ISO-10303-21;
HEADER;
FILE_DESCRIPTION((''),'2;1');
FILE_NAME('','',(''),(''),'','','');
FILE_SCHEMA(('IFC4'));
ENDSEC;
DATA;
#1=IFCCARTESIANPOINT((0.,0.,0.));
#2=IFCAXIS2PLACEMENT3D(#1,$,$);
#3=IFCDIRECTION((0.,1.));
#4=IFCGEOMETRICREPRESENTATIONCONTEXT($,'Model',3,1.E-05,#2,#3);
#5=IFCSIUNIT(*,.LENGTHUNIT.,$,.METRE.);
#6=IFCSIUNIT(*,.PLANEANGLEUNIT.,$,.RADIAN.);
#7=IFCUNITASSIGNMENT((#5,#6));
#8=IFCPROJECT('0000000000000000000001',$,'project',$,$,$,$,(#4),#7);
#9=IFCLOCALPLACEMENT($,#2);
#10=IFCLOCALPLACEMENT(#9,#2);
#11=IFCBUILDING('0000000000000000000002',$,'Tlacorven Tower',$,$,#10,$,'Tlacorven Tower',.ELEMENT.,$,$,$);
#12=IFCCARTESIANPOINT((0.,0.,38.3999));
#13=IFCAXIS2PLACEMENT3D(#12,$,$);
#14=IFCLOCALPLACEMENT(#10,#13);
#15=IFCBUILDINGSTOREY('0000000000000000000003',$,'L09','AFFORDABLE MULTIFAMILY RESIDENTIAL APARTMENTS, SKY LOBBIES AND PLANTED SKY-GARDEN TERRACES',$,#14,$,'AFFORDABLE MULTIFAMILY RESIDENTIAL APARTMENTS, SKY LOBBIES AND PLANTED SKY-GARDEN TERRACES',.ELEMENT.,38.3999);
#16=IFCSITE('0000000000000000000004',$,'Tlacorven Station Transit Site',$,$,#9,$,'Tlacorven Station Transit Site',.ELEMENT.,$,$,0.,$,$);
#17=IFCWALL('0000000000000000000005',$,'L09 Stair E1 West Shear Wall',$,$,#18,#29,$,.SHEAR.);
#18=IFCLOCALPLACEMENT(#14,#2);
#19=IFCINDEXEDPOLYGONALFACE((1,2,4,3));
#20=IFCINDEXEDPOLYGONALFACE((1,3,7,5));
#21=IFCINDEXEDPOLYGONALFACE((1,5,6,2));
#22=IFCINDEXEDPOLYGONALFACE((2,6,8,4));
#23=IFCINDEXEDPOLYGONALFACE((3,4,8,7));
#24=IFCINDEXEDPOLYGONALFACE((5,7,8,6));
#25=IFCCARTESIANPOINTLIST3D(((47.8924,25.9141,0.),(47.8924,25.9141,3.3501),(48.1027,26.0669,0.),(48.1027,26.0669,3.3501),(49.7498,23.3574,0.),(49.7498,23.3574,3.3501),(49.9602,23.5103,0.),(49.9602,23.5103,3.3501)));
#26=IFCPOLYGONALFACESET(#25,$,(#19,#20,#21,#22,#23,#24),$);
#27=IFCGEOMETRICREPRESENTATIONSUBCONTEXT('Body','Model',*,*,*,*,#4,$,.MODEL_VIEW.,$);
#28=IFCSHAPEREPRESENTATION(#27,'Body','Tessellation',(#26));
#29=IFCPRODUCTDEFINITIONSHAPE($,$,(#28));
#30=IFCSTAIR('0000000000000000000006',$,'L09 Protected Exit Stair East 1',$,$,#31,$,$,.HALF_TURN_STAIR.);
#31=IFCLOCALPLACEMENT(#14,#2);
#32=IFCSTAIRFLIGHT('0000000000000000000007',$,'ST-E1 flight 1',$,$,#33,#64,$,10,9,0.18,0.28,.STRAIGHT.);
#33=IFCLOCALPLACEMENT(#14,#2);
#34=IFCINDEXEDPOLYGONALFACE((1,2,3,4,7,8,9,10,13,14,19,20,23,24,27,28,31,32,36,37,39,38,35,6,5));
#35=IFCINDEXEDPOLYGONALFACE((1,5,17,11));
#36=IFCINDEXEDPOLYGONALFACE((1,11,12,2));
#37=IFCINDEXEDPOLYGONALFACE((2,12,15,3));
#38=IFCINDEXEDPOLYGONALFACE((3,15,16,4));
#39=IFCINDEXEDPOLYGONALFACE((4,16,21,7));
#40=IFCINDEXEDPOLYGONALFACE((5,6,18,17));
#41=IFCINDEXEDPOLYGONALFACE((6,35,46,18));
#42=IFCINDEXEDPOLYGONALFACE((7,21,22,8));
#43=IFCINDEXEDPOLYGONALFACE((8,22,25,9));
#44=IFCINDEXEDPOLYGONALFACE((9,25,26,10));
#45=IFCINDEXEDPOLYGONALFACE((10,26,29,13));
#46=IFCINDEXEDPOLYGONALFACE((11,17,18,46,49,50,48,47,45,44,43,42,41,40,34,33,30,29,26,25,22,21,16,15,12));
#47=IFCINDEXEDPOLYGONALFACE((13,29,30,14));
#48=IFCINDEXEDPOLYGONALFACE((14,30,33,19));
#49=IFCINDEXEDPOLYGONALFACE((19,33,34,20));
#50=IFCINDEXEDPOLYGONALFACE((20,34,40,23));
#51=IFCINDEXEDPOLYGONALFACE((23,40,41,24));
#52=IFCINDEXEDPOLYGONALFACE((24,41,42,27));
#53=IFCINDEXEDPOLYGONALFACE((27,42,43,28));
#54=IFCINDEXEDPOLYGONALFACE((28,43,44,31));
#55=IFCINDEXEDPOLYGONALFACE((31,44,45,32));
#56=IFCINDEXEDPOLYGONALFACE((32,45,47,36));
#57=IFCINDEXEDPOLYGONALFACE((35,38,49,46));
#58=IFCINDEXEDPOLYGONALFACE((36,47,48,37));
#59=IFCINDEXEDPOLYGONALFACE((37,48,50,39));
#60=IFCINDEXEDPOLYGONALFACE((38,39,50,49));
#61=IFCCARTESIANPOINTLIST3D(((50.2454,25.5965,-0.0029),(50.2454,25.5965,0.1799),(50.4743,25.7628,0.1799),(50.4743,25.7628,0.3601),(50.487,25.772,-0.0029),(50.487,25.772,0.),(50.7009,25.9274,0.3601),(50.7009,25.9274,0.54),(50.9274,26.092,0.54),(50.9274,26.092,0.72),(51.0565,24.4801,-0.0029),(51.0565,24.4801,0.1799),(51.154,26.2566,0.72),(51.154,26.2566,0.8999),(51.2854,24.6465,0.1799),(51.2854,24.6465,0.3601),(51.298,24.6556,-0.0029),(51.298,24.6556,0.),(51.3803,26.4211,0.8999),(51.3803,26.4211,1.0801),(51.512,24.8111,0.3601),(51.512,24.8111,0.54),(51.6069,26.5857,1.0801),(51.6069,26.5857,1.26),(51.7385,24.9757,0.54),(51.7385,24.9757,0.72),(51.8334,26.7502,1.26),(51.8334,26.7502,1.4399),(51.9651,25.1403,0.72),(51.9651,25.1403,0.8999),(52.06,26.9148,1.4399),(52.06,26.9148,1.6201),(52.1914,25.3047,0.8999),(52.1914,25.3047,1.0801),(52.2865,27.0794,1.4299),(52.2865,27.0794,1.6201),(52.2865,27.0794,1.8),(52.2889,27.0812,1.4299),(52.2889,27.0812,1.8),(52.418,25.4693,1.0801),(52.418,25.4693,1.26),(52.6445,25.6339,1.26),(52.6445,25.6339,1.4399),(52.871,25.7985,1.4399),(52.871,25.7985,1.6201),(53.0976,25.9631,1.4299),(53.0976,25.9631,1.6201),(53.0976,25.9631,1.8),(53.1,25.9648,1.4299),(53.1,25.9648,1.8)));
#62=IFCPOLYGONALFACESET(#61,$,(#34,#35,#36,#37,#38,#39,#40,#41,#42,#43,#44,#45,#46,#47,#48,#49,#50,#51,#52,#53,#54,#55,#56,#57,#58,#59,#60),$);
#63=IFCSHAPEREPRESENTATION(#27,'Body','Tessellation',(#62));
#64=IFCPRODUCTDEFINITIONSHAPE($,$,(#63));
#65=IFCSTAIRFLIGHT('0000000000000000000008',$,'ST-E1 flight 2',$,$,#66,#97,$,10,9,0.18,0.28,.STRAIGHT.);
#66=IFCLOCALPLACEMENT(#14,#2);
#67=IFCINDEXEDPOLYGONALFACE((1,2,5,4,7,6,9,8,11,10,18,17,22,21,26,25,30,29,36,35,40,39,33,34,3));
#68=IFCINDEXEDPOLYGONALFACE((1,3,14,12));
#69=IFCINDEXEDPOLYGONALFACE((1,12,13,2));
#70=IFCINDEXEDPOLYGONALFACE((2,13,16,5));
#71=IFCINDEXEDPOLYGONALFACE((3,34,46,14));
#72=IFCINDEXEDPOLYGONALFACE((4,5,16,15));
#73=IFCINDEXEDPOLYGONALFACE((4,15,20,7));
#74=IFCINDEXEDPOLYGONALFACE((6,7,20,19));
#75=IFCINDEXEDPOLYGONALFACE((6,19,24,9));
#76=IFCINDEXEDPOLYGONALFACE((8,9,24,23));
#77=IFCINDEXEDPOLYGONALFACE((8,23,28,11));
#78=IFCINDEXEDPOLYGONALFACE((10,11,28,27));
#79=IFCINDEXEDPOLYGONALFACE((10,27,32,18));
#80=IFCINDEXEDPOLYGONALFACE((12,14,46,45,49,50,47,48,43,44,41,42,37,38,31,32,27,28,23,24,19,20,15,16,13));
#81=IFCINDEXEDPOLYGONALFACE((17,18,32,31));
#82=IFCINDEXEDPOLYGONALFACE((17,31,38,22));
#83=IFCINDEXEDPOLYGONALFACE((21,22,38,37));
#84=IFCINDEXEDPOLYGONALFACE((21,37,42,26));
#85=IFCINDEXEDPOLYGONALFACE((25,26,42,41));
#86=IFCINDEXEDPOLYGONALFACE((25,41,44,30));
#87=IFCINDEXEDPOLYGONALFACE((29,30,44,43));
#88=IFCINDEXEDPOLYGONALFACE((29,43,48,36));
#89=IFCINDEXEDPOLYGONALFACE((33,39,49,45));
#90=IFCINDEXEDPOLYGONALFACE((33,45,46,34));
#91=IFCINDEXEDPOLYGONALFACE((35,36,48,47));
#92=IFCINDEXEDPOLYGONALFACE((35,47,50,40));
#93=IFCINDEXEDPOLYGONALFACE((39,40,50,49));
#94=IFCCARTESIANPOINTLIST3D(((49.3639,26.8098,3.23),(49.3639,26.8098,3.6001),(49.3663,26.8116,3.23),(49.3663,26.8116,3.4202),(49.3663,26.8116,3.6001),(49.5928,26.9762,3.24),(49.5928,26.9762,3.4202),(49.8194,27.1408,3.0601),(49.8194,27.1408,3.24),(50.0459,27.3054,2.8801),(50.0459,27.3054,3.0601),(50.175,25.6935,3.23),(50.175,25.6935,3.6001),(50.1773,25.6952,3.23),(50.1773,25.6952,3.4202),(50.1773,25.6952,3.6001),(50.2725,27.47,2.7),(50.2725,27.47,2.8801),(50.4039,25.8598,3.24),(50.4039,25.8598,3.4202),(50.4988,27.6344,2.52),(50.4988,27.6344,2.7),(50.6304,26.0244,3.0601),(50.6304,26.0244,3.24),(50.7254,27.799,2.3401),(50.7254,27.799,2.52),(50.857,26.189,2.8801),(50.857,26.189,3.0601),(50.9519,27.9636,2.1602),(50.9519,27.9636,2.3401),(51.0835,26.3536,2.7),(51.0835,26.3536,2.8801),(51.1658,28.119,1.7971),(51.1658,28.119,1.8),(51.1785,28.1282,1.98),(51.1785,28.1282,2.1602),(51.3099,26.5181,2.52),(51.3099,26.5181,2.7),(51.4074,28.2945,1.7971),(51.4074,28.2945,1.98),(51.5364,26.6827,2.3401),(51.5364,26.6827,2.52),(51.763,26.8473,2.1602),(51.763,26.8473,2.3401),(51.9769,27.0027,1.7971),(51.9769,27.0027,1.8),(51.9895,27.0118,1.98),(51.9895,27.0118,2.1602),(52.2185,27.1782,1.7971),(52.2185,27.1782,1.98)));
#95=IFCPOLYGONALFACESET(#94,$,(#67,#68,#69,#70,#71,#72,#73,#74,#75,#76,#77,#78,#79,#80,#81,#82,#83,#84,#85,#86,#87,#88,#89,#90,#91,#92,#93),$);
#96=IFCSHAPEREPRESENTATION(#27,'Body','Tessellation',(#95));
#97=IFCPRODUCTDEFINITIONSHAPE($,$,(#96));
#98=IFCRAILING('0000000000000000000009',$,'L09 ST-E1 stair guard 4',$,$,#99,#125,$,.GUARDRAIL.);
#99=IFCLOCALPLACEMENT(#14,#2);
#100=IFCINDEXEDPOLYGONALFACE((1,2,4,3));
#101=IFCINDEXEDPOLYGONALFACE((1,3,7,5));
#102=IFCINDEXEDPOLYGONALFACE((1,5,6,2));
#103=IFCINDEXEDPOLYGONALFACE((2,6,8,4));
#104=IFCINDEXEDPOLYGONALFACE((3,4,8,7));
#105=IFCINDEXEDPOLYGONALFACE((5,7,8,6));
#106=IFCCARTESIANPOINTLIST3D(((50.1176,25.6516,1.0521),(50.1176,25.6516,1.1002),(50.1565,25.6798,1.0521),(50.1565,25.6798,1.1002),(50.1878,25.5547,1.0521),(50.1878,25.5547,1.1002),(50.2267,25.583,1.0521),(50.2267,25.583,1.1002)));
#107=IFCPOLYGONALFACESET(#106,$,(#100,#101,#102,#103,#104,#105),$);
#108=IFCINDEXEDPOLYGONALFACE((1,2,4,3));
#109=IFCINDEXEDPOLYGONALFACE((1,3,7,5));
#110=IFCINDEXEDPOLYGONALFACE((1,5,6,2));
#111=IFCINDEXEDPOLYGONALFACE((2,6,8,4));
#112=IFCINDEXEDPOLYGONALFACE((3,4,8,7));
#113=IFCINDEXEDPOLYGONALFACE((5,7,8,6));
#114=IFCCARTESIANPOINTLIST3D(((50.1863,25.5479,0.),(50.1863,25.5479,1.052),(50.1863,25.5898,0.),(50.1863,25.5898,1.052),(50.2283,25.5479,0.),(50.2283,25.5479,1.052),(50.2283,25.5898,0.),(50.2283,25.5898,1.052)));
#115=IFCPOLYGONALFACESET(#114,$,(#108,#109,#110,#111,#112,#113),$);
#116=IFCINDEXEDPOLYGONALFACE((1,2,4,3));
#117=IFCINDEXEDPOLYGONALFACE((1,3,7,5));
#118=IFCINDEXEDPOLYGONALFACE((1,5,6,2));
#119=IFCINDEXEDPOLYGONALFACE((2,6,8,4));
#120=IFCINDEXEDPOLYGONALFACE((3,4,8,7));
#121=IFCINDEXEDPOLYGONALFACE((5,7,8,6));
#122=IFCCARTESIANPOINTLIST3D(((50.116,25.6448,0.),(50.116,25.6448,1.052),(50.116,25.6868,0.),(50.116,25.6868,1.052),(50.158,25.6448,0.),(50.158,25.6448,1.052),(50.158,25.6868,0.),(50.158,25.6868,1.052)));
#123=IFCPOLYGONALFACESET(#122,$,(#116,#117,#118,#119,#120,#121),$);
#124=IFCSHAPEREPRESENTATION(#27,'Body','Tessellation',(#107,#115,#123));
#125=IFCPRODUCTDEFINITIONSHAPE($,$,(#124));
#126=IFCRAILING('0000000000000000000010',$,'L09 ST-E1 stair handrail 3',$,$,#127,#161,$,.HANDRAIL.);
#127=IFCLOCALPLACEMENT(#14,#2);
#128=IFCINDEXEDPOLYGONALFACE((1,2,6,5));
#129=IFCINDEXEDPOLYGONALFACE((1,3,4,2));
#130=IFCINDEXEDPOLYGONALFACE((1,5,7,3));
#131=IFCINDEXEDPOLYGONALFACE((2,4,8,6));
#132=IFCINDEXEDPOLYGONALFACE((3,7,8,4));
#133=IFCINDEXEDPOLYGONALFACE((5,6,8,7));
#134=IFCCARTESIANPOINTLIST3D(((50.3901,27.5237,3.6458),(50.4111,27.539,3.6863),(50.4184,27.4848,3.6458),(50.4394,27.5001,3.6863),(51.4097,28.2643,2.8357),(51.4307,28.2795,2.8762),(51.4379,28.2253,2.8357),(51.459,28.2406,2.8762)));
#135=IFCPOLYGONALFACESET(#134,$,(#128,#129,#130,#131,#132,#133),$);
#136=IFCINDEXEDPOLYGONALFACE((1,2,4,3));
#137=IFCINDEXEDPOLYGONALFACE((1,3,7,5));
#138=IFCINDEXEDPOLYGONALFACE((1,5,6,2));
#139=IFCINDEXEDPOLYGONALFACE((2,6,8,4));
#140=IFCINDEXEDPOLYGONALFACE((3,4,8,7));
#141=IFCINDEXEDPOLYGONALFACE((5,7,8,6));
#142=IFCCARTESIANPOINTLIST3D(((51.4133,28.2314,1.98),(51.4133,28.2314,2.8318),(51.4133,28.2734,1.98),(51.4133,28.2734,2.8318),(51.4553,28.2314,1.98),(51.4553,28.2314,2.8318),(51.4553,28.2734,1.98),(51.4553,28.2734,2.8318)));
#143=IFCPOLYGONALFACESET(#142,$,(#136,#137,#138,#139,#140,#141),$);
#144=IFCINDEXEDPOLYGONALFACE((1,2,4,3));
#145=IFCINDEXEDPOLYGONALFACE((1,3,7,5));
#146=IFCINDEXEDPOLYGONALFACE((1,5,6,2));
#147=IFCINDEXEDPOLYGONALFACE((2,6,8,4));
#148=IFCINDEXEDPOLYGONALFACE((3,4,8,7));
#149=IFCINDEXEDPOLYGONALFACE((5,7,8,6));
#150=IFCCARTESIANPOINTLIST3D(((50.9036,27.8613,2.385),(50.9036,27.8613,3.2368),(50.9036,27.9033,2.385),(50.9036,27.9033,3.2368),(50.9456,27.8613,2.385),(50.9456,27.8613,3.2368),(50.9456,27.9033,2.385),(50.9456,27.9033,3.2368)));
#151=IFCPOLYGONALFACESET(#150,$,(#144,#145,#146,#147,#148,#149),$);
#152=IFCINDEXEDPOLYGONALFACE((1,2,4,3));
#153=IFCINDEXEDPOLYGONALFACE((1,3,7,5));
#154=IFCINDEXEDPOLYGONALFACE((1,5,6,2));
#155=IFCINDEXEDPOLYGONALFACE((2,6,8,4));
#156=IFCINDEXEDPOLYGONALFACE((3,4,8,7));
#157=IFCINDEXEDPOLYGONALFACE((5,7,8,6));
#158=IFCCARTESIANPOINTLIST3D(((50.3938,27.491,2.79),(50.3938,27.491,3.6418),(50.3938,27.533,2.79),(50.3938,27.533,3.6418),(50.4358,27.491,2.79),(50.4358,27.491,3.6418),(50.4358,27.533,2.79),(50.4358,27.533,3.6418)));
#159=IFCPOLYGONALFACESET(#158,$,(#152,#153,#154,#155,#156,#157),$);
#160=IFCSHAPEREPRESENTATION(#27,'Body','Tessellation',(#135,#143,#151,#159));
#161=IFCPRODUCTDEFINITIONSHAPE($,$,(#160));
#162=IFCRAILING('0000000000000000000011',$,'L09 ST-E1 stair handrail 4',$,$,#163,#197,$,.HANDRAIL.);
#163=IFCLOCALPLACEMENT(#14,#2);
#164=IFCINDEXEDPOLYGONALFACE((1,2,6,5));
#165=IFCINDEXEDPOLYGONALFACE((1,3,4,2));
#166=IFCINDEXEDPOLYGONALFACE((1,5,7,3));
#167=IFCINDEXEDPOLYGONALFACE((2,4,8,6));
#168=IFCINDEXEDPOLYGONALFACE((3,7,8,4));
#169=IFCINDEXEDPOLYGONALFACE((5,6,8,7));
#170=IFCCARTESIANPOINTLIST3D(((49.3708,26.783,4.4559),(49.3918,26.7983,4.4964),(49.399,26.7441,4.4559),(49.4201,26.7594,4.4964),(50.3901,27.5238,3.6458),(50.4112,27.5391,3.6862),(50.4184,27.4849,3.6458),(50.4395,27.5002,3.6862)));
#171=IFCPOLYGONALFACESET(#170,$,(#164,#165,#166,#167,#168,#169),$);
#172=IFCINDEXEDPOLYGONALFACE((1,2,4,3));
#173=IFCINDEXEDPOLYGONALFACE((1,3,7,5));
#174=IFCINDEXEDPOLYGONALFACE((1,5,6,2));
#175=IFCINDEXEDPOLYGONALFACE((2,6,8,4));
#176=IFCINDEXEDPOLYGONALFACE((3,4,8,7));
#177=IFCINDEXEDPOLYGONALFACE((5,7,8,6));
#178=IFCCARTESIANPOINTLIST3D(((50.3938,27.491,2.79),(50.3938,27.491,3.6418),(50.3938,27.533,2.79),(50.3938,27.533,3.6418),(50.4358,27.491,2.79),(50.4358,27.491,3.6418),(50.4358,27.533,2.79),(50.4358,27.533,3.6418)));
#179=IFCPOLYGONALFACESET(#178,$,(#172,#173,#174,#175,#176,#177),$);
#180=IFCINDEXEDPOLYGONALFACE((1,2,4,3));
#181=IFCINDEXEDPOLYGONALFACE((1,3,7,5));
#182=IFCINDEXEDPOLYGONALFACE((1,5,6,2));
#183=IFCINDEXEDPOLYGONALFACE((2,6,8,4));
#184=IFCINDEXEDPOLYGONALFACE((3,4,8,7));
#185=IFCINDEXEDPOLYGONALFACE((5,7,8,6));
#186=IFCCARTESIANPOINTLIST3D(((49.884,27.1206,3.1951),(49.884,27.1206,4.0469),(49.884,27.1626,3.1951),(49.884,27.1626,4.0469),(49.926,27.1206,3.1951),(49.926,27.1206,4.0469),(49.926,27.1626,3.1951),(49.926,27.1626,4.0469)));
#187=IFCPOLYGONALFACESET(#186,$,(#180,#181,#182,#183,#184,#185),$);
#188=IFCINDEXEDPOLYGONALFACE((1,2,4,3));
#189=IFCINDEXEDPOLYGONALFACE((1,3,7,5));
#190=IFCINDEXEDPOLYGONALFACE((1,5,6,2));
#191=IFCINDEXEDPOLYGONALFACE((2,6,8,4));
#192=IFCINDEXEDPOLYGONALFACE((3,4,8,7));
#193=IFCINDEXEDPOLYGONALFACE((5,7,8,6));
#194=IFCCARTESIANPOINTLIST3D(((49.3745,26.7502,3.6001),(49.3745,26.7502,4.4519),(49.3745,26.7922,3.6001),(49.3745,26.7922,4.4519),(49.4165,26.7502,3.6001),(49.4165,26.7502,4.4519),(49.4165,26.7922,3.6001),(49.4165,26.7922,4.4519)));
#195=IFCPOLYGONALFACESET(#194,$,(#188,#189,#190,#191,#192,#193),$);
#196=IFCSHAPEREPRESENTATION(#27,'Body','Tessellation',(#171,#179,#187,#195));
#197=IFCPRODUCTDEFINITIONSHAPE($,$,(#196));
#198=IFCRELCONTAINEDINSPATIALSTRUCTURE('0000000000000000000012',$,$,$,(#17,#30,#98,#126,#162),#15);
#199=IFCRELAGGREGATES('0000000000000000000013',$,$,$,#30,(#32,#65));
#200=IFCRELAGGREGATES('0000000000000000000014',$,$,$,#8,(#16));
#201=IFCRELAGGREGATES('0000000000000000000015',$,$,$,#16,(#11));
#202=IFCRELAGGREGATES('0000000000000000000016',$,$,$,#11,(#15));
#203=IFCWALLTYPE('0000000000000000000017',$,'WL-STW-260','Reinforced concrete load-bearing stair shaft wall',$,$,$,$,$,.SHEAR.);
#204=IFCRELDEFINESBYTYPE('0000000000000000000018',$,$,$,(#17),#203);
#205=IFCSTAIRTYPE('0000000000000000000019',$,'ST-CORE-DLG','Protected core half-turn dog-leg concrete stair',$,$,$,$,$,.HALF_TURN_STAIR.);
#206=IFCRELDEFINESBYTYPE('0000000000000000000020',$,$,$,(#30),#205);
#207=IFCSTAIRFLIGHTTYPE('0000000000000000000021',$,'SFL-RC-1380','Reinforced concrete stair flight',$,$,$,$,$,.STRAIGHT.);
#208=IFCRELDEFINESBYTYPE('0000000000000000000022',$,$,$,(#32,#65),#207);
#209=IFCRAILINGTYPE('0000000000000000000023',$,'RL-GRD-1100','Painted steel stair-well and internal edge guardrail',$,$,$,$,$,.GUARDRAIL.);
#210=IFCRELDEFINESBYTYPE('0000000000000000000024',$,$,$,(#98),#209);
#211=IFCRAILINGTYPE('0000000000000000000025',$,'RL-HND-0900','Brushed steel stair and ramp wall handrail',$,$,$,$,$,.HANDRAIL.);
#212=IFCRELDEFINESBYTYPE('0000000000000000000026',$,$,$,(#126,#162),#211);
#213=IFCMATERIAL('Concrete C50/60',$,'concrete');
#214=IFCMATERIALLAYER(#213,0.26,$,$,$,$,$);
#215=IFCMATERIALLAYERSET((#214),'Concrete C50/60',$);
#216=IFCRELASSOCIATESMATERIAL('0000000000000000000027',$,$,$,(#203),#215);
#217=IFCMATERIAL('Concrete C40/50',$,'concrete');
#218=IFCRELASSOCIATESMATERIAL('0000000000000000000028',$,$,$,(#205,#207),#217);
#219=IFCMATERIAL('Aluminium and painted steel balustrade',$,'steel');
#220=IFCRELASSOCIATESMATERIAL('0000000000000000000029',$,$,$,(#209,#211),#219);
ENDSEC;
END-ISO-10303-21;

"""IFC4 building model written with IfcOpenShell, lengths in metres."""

from ifc_helpers import new_model, si_unit, direction, frame, frame_2d, origin, origin_2d, place, context, subcontext, project, spatial, polyline, rectangle, outline, extrude, source, transform, mapped, material, layer, layer_set, type_object, element, aggregate, save


model = new_model("IFC4")

# Units and contexts
model_context = context("Model", 3, precision=1e-05, world=origin(), true_north=direction((0.0, 1.0)))
body_context = subcontext(model_context, "Body", "Model", "MODEL_VIEW")
ifc_project = project(units=[si_unit("LENGTHUNIT", "METRE"), si_unit("PLANEANGLEUNIT", "RADIAN")], contexts=[model_context])

# Site, building, storey
site_placement = place(None, origin())
site = spatial("IfcSite", under=ifc_project, at=site_placement, Name="Tlacorven Station Transit Site", LongName="Tlacorven Station Transit Site", CompositionType="ELEMENT", RefElevation=0.0)
building_placement = place(site_placement, origin())
building = spatial("IfcBuilding", under=site, at=building_placement, Name="Tlacorven Tower", LongName="Tlacorven Tower", CompositionType="ELEMENT")
storey_placement = place(building_placement, frame((0.0, 0.0, 38.3999)))
storey = spatial("IfcBuildingStorey", under=building, at=storey_placement, Name="L09", Description="AFFORDABLE MULTIFAMILY RESIDENTIAL APARTMENTS, SKY LOBBIES AND PLANTED SKY-GARDEN TERRACES", LongName="AFFORDABLE MULTIFAMILY RESIDENTIAL APARTMENTS, SKY LOBBIES AND PLANTED SKY-GARDEN TERRACES", CompositionType="ELEMENT", Elevation=38.3999)

# Shared definitions
ifc_material_1 = material(Name="Concrete C40/50", Category="concrete")

# Shared definitions
ifc_material_2 = material(Name="Concrete C50/60", Category="concrete")
ifc_layer_1 = layer(ifc_material_2, 0.26)
ifc_layer_set_1 = layer_set([ifc_layer_1], Name="Concrete C50/60")
wall_type_1 = type_object("IfcWallType", Name="WL-STW-260", Description="Reinforced concrete load-bearing stair shaft wall", PredefinedType="SHEAR", material=ifc_layer_set_1)

# Wall
wall_1_placement = place(storey_placement, frame((49.855, 23.4338, 0.0), z_axis=(0.0, 0.0, 1.0), x_axis=(-0.587767, 0.80903, 0.0)))
element("IfcWall", 1, at=wall_1_placement, inside=storey, type_object=wall_type_1, Name="L09 Stair E1 West Shear Wall", PredefinedType="SHEAR", context=body_context, shape_type="SweptSolid", body=[
    extrude(rectangle(XDim=3.1602, YDim=0.26, at=frame_2d((1.5801, 0.0))), origin(), (0.0, 0.0, 1.0), 3.3501),
])

# Stair, stair flights
stair_type = type_object("IfcStairType", Name="ST-CORE-DLG", Description="Protected core half-turn dog-leg concrete stair", PredefinedType="HALF_TURN_STAIR", material=ifc_material_1)
stair_placement = place(storey_placement, origin())
stair = element("IfcStair", 2, at=stair_placement, inside=storey, type_object=stair_type, Name="L09 Protected Exit Stair East 1", PredefinedType="HALF_TURN_STAIR")
stair_flight_type = type_object("IfcStairFlightType", Name="SFL-RC-1380", Description="Reinforced concrete stair flight", PredefinedType="STRAIGHT", material=ifc_material_1)
shared_shape_1 = source(origin(), body_context, "Body", "SweptSolid", [
    extrude(outline(polyline([(-0.0029, -0.0029), (-0.0029, 0.1799), (0.28, 0.1799), (0.28, 0.3601), (0.5601, 0.3601), (0.5601, 0.54), (0.8401, 0.54), (0.8401, 0.72), (1.1201, 0.72), (1.1201, 0.8999), (1.3999, 0.8999), (1.3999, 1.0801), (1.6799, 1.0801), (1.6799, 1.26), (1.96, 1.26), (1.96, 1.4399), (2.24, 1.4399), (2.24, 1.6201), (2.52, 1.6201), (2.52, 1.8), (2.5229, 1.8), (2.5229, 1.4299), (2.52, 1.4299), (0.2957, 0.0), (0.2957, -0.0029), (-0.0029, -0.0029)])), frame((0.0, 0.6899, 0.0), z_axis=(0.0, -1.0, 0.0), x_axis=(1.0, 0.0, 0.0)), (0.0, 0.0, 1.0), 1.3799),
])
stair_flight_1_placement = place(storey_placement, frame((50.6533, 25.04, 0.0), z_axis=(0.0, 0.0, 1.0), x_axis=(0.809017, 0.587785, 0.0)))
stair_flight_1 = element("IfcStairFlight", 3, at=stair_flight_1_placement, type_object=stair_flight_type, Name="ST-E1 flight 1", NumberOfRisers=10, NumberOfTreads=9, PredefinedType="STRAIGHT", RiserHeight=0.18, TreadLength=0.28, context=body_context, shape_type="MappedRepresentation", body=[
    mapped(shared_shape_1, transform((0.0, 0.0, 0.0), scale=1.0)),
])
stair_flight_2_placement = place(storey_placement, frame((51.8105, 27.7346, 1.8), z_axis=(0.0, 0.0, 1.0), x_axis=(-0.809017, -0.587785, 0.0)))
stair_flight_2 = element("IfcStairFlight", 4, at=stair_flight_2_placement, type_object=stair_flight_type, Name="ST-E1 flight 2", NumberOfRisers=10, NumberOfTreads=9, PredefinedType="STRAIGHT", RiserHeight=0.18, TreadLength=0.28, context=body_context, shape_type="MappedRepresentation", body=[
    mapped(shared_shape_1, transform((0.0, 0.0, 0.0), scale=1.0)),
])
aggregate(stair, [stair_flight_1, stair_flight_2])

# Railings
ifc_material_3 = material(Name="Aluminium and painted steel balustrade", Category="steel")
railing_type_1 = type_object("IfcRailingType", Name="RL-GRD-1100", Description="Painted steel stair-well and internal edge guardrail", PredefinedType="GUARDRAIL", material=ifc_material_3)
shared_shape_2 = source(origin(), body_context, "Body", "SweptSolid", [
    extrude(rectangle(XDim=0.0481, YDim=0.0481, at=origin_2d()), frame((0.0, 0.0, 1.0762), z_axis=(-0.587201, 0.809441, 0.0), x_axis=(-0.809441, -0.587201, 0.0)), (0.0, 0.0, 1.0), 0.1196),
    extrude(rectangle(XDim=0.042, YDim=0.042, at=origin_2d()), origin(), (0.0, 0.0, 1.0), 1.052),
    extrude(rectangle(XDim=0.042, YDim=0.042, at=origin_2d()), frame((-0.0703, 0.0969, 0.0)), (0.0, 0.0, 1.0), 1.052),
])
railing_1_placement = place(storey_placement, frame((50.2073, 25.5688, 0.0)))
element("IfcRailing", 5, at=railing_1_placement, inside=storey, type_object=railing_type_1, Name="L09 ST-E1 stair guard 4", PredefinedType="GUARDRAIL", context=body_context, shape_type="MappedRepresentation", body=[
    mapped(shared_shape_2, transform((0.0, 0.0, 0.0), scale=1.0)),
])
railing_type_2 = type_object("IfcRailingType", Name="RL-HND-0900", Description="Brushed steel stair and ramp wall handrail", PredefinedType="HANDRAIL", material=ifc_material_3)
shared_shape_3 = source(origin(), body_context, "Body", "SweptSolid", [
    extrude(rectangle(XDim=0.0481, YDim=0.0481, at=origin_2d()), frame((0.0, 0.0, 0.876), z_axis=(-0.680604, -0.494318, 0.540767), x_axis=(0.587653, -0.809113, 0.0)), (0.0, 0.0, 1.0), 1.498),
    extrude(rectangle(XDim=0.042, YDim=0.042, at=origin_2d()), origin(), (0.0, 0.0, 1.0), 0.8518),
    extrude(rectangle(XDim=0.042, YDim=0.042, at=origin_2d()), frame((-0.5098, -0.3701, 0.405)), (0.0, 0.0, 1.0), 0.8518),
    extrude(rectangle(XDim=0.042, YDim=0.042, at=origin_2d()), frame((-1.0195, -0.7405, 0.8101)), (0.0, 0.0, 1.0), 0.8518),
])
railing_2_placement = place(storey_placement, frame((51.4343, 28.2524, 1.98)))
element("IfcRailing", 6, at=railing_2_placement, inside=storey, type_object=railing_type_2, Name="L09 ST-E1 stair handrail 3", PredefinedType="HANDRAIL", context=body_context, shape_type="MappedRepresentation", body=[
    mapped(shared_shape_3, transform((0.0, 0.0, 0.0), scale=1.0)),
])
shared_shape_4 = source(origin(), body_context, "Body", "SweptSolid", [
    extrude(rectangle(XDim=0.0481, YDim=0.0481, at=origin_2d()), frame((0.0, 0.0, 0.876), z_axis=(-0.680461, -0.494496, 0.540783), x_axis=(0.587872, -0.808954, 0.0)), (0.0, 0.0, 1.0), 1.498),
    extrude(rectangle(XDim=0.042, YDim=0.042, at=origin_2d()), origin(), (0.0, 0.0, 1.0), 0.8518),
    extrude(rectangle(XDim=0.042, YDim=0.042, at=origin_2d()), frame((-0.5098, -0.3704, 0.405)), (0.0, 0.0, 1.0), 0.8518),
    extrude(rectangle(XDim=0.042, YDim=0.042, at=origin_2d()), frame((-1.0193, -0.7407, 0.8101)), (0.0, 0.0, 1.0), 0.8518),
])
railing_3_placement = place(storey_placement, frame((50.4148, 27.512, 2.79)))
element("IfcRailing", 7, at=railing_3_placement, inside=storey, type_object=railing_type_2, Name="L09 ST-E1 stair handrail 4", PredefinedType="HANDRAIL", context=body_context, shape_type="MappedRepresentation", body=[
    mapped(shared_shape_4, transform((0.0, 0.0, 0.0), scale=1.0)),
])

save(model, "model.ifc")
